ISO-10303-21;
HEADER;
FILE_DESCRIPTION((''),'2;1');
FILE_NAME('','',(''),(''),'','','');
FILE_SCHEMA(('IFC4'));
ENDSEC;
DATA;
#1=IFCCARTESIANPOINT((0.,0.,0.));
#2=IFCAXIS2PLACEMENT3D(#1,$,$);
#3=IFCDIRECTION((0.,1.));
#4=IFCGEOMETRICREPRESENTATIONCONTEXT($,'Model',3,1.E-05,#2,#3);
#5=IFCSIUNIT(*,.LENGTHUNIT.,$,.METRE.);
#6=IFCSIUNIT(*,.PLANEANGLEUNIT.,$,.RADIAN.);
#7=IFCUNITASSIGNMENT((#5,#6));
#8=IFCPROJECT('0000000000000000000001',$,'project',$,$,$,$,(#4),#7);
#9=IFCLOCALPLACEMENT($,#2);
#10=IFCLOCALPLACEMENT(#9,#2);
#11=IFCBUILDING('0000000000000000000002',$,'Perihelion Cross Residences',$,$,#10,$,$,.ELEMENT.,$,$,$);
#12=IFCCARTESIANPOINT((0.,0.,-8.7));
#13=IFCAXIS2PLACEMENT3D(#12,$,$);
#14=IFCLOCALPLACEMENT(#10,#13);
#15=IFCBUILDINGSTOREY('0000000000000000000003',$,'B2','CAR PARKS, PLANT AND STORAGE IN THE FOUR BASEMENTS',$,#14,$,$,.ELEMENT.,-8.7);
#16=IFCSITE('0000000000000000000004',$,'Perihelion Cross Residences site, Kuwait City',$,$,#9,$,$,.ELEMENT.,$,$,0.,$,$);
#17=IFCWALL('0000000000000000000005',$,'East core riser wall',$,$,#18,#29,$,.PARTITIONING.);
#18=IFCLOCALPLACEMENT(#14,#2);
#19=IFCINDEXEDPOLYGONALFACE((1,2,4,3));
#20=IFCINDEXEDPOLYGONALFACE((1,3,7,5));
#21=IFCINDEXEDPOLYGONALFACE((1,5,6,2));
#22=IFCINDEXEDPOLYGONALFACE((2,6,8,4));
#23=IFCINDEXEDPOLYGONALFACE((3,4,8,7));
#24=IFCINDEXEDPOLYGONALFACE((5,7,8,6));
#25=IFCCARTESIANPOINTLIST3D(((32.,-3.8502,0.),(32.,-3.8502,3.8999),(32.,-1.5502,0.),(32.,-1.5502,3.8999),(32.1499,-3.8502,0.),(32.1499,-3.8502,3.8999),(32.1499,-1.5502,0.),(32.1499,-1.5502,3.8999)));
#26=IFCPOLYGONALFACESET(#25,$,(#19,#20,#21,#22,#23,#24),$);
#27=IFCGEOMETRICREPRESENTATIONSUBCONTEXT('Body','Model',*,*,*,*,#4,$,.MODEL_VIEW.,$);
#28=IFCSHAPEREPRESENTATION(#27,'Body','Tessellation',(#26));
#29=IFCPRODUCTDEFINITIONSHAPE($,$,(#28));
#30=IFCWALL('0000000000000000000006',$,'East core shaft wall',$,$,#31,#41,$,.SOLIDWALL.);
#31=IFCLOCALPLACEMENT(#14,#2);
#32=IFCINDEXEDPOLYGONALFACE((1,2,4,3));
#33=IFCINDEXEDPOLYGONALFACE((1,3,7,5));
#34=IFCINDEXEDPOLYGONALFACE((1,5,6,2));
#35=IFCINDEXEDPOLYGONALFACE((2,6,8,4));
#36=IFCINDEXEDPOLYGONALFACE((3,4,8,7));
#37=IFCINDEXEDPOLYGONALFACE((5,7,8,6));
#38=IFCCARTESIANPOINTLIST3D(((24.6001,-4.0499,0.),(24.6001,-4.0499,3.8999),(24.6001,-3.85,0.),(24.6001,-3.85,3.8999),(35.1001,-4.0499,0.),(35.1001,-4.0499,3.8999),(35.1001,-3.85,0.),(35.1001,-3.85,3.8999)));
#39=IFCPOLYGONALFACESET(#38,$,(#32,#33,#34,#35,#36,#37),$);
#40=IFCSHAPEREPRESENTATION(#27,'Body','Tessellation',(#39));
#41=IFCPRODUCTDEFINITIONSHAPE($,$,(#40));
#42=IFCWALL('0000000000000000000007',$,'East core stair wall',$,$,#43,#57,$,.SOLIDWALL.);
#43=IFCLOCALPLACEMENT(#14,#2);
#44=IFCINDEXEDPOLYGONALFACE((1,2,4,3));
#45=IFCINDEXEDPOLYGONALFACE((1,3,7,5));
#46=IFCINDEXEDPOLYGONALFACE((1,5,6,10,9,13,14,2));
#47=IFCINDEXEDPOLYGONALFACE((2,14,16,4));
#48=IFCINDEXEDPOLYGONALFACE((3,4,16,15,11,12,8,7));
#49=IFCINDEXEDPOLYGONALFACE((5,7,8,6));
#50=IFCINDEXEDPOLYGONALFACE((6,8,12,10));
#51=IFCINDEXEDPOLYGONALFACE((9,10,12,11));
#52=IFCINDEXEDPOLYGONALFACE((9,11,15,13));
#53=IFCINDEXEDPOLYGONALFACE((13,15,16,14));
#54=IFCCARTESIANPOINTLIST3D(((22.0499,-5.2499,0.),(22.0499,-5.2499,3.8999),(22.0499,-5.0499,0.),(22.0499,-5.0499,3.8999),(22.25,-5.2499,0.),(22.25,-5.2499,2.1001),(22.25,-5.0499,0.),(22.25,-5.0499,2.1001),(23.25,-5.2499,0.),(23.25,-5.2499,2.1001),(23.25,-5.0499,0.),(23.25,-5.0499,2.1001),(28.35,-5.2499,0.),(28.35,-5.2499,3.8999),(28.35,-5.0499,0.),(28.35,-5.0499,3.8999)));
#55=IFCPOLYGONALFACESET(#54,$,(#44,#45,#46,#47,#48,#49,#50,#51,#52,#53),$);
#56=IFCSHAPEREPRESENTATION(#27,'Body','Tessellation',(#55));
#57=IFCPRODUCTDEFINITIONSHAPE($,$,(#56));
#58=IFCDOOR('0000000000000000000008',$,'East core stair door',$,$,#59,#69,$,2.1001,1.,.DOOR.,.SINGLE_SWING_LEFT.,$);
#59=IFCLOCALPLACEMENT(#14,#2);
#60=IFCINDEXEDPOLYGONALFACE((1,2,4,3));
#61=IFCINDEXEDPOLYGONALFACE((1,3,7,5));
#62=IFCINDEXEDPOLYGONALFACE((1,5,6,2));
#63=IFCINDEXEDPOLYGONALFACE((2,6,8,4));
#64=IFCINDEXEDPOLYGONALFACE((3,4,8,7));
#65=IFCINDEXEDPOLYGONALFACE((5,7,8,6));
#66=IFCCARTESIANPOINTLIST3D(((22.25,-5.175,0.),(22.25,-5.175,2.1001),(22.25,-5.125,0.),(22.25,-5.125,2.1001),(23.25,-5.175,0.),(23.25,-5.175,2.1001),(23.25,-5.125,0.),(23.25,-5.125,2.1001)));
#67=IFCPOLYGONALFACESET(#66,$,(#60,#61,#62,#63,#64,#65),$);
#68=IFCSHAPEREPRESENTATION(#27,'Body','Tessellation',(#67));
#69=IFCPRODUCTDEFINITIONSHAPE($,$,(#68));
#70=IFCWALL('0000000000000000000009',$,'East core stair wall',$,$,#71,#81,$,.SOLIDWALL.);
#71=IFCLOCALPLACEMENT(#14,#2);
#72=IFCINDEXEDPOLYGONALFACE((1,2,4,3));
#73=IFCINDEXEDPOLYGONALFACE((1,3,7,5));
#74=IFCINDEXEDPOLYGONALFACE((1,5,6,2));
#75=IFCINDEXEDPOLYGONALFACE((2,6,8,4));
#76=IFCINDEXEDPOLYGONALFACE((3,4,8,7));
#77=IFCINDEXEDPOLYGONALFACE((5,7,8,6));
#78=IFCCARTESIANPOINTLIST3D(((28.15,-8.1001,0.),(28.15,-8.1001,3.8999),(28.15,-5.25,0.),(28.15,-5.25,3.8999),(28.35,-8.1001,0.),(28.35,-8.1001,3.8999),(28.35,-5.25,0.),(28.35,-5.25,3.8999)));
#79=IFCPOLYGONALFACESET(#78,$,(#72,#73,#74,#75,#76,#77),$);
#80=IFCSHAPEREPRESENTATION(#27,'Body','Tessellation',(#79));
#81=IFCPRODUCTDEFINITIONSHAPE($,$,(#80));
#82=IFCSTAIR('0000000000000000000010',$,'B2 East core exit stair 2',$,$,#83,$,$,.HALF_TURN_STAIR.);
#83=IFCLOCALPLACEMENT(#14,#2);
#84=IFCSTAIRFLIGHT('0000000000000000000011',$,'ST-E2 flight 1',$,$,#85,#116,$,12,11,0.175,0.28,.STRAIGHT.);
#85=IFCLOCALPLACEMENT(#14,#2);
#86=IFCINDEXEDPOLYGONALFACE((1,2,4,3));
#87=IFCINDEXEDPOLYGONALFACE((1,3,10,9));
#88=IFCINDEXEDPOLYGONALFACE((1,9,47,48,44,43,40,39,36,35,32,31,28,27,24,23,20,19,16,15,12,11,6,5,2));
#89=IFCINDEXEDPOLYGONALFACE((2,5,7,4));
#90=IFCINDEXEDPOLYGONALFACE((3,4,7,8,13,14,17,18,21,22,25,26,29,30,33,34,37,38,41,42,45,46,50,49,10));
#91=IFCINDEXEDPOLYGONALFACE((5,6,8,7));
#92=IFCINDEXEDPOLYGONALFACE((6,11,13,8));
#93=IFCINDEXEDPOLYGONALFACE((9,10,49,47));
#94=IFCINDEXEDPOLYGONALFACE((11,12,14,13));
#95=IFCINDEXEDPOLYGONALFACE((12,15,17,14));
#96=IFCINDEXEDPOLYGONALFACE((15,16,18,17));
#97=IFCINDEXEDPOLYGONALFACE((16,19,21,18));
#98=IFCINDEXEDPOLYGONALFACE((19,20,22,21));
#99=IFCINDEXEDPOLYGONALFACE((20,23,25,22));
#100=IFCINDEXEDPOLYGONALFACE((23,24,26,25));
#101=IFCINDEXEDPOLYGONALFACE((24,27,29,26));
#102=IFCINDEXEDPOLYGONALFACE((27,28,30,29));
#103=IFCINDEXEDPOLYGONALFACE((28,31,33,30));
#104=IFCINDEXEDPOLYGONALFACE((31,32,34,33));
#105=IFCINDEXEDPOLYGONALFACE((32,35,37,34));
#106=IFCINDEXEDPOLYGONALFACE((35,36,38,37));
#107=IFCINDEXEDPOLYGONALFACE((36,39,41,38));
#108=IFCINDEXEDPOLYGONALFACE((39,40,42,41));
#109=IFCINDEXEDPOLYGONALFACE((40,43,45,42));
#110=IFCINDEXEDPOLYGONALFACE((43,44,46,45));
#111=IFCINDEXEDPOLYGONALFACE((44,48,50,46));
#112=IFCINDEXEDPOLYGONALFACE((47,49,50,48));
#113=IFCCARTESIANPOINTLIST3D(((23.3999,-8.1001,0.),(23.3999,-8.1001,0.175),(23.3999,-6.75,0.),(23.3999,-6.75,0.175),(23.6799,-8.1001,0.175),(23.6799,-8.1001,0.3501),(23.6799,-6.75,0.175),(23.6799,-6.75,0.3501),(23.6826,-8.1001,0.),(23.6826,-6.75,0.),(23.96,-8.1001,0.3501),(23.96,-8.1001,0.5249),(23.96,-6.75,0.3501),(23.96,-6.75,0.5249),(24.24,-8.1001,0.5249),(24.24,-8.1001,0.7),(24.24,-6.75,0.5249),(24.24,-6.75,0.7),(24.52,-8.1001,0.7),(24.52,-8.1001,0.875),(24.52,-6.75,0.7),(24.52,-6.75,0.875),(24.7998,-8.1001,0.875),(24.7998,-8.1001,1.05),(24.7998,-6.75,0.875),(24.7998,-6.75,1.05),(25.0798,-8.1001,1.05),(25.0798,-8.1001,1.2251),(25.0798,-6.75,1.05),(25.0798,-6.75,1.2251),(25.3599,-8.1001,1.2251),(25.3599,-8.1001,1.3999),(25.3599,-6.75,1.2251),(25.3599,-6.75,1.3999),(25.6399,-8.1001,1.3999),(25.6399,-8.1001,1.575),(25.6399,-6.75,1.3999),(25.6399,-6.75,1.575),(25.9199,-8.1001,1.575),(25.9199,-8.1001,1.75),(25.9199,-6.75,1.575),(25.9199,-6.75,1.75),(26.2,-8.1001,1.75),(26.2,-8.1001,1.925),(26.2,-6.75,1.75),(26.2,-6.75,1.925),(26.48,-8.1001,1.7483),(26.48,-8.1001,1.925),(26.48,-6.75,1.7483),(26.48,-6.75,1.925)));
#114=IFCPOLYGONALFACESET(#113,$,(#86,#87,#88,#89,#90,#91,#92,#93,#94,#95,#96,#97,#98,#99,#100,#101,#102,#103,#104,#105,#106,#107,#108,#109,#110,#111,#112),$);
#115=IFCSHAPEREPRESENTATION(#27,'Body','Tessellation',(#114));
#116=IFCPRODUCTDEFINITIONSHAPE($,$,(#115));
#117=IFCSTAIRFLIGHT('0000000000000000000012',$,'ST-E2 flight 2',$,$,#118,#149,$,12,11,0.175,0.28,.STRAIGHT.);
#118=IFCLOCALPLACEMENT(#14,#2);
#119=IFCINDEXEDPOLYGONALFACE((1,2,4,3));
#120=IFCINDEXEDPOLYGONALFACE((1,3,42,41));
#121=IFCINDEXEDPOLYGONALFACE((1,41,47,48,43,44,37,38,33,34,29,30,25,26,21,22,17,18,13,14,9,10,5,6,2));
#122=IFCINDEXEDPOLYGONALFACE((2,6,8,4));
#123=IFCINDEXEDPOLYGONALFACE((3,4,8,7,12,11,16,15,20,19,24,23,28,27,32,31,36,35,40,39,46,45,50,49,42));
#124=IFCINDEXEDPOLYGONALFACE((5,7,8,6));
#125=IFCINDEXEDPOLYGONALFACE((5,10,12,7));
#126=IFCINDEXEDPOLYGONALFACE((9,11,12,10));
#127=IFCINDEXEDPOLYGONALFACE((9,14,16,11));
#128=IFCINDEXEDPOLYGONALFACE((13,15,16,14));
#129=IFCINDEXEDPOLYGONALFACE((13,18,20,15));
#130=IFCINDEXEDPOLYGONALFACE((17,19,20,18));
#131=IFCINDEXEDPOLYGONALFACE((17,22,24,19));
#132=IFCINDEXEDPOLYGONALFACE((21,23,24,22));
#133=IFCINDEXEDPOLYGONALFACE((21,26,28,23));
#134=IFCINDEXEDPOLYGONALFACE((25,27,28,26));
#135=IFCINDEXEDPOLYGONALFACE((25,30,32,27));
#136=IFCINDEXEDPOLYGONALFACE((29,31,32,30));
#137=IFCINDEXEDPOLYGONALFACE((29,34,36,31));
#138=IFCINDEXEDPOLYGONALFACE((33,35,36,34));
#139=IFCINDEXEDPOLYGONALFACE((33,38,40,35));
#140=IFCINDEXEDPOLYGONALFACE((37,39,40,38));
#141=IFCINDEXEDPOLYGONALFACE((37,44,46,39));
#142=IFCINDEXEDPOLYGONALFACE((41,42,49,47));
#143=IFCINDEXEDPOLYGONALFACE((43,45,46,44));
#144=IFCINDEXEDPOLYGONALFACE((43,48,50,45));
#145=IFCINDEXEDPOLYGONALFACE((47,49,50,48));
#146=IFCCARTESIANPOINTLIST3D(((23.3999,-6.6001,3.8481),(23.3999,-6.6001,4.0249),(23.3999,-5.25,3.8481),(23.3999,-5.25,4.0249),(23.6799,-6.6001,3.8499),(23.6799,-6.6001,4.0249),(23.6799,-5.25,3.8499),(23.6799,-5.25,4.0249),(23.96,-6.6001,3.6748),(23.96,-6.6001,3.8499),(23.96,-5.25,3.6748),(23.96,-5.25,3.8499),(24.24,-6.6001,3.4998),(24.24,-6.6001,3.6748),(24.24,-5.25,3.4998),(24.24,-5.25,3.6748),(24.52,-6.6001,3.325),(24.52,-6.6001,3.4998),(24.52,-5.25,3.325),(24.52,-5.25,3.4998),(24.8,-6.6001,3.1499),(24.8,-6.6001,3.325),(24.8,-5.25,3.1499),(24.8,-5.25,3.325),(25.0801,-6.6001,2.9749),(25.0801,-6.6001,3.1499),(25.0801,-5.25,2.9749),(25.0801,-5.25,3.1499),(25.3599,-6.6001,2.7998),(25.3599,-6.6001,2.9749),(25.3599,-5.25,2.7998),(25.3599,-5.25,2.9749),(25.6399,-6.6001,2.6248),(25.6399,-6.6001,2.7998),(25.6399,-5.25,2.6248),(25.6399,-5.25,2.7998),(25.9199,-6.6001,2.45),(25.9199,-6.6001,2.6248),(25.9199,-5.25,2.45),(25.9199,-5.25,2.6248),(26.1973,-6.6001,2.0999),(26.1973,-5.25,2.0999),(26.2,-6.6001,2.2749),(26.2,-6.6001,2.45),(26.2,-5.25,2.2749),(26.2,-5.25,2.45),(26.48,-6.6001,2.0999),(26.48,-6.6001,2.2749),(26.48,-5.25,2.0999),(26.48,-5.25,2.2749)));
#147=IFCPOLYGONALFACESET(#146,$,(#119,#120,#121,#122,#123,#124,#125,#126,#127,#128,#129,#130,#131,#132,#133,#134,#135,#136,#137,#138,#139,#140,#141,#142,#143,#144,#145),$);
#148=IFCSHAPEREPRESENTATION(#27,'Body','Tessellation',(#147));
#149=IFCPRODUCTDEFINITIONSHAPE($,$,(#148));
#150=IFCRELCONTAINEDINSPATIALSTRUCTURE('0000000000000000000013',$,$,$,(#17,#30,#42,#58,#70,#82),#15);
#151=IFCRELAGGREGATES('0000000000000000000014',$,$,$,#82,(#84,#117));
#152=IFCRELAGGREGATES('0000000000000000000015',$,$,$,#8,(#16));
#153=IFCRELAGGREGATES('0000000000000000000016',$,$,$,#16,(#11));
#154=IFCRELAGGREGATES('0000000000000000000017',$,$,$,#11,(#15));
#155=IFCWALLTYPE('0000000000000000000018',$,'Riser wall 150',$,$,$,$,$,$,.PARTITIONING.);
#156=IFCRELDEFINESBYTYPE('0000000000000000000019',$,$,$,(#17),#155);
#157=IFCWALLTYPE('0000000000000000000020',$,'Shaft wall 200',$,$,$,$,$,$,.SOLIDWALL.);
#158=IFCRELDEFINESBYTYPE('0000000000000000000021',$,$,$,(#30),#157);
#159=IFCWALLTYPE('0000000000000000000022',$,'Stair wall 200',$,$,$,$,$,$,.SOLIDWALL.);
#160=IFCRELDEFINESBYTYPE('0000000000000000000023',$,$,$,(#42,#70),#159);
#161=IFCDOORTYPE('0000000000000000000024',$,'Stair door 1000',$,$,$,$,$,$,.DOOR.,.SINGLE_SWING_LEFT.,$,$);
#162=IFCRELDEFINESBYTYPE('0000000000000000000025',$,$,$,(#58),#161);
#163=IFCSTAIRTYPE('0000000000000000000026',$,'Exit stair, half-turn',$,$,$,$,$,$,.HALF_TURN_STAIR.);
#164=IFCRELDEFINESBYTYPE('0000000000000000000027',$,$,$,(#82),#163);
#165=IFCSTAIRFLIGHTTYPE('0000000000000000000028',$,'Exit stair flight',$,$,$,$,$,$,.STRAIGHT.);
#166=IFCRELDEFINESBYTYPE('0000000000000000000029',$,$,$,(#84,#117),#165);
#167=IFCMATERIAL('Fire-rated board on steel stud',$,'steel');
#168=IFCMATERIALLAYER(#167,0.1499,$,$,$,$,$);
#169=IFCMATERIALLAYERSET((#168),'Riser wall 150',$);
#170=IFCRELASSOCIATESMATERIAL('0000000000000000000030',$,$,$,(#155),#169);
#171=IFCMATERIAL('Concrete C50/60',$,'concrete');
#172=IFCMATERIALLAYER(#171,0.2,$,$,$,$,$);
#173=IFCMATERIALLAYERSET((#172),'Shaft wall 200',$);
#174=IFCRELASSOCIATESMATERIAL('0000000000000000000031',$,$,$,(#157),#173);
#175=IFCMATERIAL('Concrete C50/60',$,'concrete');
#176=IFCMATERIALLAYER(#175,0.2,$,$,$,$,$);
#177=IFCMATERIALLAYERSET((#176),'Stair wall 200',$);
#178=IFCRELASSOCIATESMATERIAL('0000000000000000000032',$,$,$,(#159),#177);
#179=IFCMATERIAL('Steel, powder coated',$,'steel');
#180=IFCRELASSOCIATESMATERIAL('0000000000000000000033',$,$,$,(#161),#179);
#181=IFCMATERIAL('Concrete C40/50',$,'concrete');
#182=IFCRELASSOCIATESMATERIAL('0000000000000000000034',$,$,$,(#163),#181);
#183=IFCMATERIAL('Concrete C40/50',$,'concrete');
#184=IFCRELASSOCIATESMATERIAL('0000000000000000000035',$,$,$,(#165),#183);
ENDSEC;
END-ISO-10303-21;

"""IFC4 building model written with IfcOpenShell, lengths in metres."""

from ifc_helpers import new_model, si_unit, direction, frame, frame_2d, origin, place, context, subcontext, project, spatial, polyline, rectangle, outline, extrude, material, layer, layer_set, type_object, element, fill, aggregate, save


model = new_model("IFC4")

# Units and contexts
model_context = context("Model", 3, precision=1e-05, world=origin(), true_north=direction((0.0, 1.0)))
body_context = subcontext(model_context, "Body", "Model", "MODEL_VIEW")
ifc_project = project(units=[si_unit("LENGTHUNIT", "METRE"), si_unit("PLANEANGLEUNIT", "RADIAN")], contexts=[model_context])

# Site, building, storey
site_placement = place(None, origin())
site = spatial("IfcSite", under=ifc_project, at=site_placement, Name="Perihelion Cross Residences site, Kuwait City", CompositionType="ELEMENT", RefElevation=0.0)
building_placement = place(site_placement, origin())
building = spatial("IfcBuilding", under=site, at=building_placement, Name="Perihelion Cross Residences", CompositionType="ELEMENT")
storey_placement = place(building_placement, frame((0.0, 0.0, -8.7)))
storey = spatial("IfcBuildingStorey", under=building, at=storey_placement, Name="B2", Description="CAR PARKS, PLANT AND STORAGE IN THE FOUR BASEMENTS", CompositionType="ELEMENT", Elevation=-8.7)

# Walls
ifc_material_1 = material(Name="Fire-rated board on steel stud", Category="steel")
ifc_layer_1 = layer(ifc_material_1, 0.1499)
ifc_layer_set_1 = layer_set([ifc_layer_1], Name="Riser wall 150")
wall_type_1 = type_object("IfcWallType", Name="Riser wall 150", PredefinedType="PARTITIONING", material=ifc_layer_set_1)
wall_1_placement = place(storey_placement, frame((32.075, -3.8501, 0.0), z_axis=(0.0, 0.0, 1.0), x_axis=(0.0, 1.0, 0.0)))
element("IfcWall", 1, at=wall_1_placement, inside=storey, type_object=wall_type_1, Name="East core riser wall", PredefinedType="PARTITIONING", context=body_context, shape_type="SweptSolid", body=[
    extrude(rectangle(XDim=2.3, YDim=0.1499, at=frame_2d((1.1499, 0.0))), origin(), (0.0, 0.0, 1.0), 3.8999),
])
ifc_material_2 = material(Name="Concrete C50/60", Category="concrete")
ifc_layer_2 = layer(ifc_material_2, 0.2)
ifc_layer_set_2 = layer_set([ifc_layer_2], Name="Shaft wall 200")
wall_type_2 = type_object("IfcWallType", Name="Shaft wall 200", PredefinedType="SOLIDWALL", material=ifc_layer_set_2)
wall_2_placement = place(storey_placement, frame((24.6001, -3.95, 0.0), z_axis=(0.0, 0.0, 1.0), x_axis=(1.0, 0.0, 0.0)))
element("IfcWall", 2, at=wall_2_placement, inside=storey, type_object=wall_type_2, Name="East core shaft wall", PredefinedType="SOLIDWALL", context=body_context, shape_type="SweptSolid", body=[
    extrude(rectangle(XDim=10.5, YDim=0.2, at=frame_2d((5.25, 0.0))), origin(), (0.0, 0.0, 1.0), 3.8999),
])

# Wall, opening, door
ifc_material_3 = material(Name="Concrete C50/60", Category="concrete")
ifc_layer_3 = layer(ifc_material_3, 0.2)
ifc_layer_set_3 = layer_set([ifc_layer_3], Name="Stair wall 200")
wall_type_3 = type_object("IfcWallType", Name="Stair wall 200", PredefinedType="SOLIDWALL", material=ifc_layer_set_3)
wall_3_placement = place(storey_placement, frame((22.05, -5.1499, 0.0), z_axis=(0.0, 0.0, 1.0), x_axis=(1.0, 0.0, 0.0)))
wall_3 = element("IfcWall", 3, at=wall_3_placement, inside=storey, type_object=wall_type_3, Name="East core stair wall", PredefinedType="SOLIDWALL", context=body_context, shape_type="SweptSolid", body=[
    extrude(rectangle(XDim=6.3, YDim=0.2, at=frame_2d((3.1499, 0.0))), origin(), (0.0, 0.0, 1.0), 3.8999),
])
opening_1_placement = place(wall_3_placement, frame((0.2, 0.0, 0.0)))
opening_1 = element("IfcOpeningElement", 4, at=opening_1_placement, cuts=wall_3, PredefinedType="OPENING", context=body_context, shape_type="SweptSolid", body=[
    extrude(rectangle(XDim=1.0, YDim=2.1001, at=frame_2d((0.5, 1.05))), frame((0.0, 0.1099, 0.0), z_axis=(0.0, -1.0, 0.0), x_axis=(1.0, 0.0, 0.0)), (0.0, 0.0, 1.0), 0.22),
])
ifc_material_4 = material(Name="Steel, powder coated", Category="steel")
door_type_1 = type_object("IfcDoorType", Name="Stair door 1000", OperationType="SINGLE_SWING_LEFT", PredefinedType="DOOR", material=ifc_material_4)
door_1_placement = place(opening_1_placement, origin())
door_1 = element("IfcDoor", 5, at=door_1_placement, inside=storey, type_object=door_type_1, Name="East core stair door", OperationType="SINGLE_SWING_LEFT", OverallHeight=2.1001, OverallWidth=1.0, PredefinedType="DOOR", context=body_context, shape_type="SweptSolid", body=[
    extrude(rectangle(XDim=1.0, YDim=2.1001, at=frame_2d((0.5, 1.05))), frame((0.0, 0.0249, 0.0), z_axis=(0.0, -1.0, 0.0), x_axis=(1.0, 0.0, 0.0)), (0.0, 0.0, 1.0), 0.05),
])
fill(opening_1, door_1)

# Wall
wall_4_placement = place(storey_placement, frame((28.25, -8.1001, 0.0), z_axis=(0.0, 0.0, 1.0), x_axis=(0.0, 1.0, 0.0)))
element("IfcWall", 6, at=wall_4_placement, inside=storey, type_object=wall_type_3, Name="East core stair wall", PredefinedType="SOLIDWALL", context=body_context, shape_type="SweptSolid", body=[
    extrude(rectangle(XDim=2.8501, YDim=0.2, at=frame_2d((1.425, 0.0))), origin(), (0.0, 0.0, 1.0), 3.8999),
])

# Stair, stair flights
ifc_material_5 = material(Name="Concrete C40/50", Category="concrete")
stair_type = type_object("IfcStairType", Name="Exit stair, half-turn", PredefinedType="HALF_TURN_STAIR", material=ifc_material_5)
stair_placement = place(storey_placement, origin())
stair = element("IfcStair", 7, at=stair_placement, inside=storey, type_object=stair_type, Name="B2 East core exit stair 2", PredefinedType="HALF_TURN_STAIR")
ifc_material_6 = material(Name="Concrete C40/50", Category="concrete")
stair_flight_type = type_object("IfcStairFlightType", Name="Exit stair flight", PredefinedType="STRAIGHT", material=ifc_material_6)
stair_flight_1_placement = place(storey_placement, frame((23.3999, -7.425, 0.0), z_axis=(0.0, 0.0, 1.0), x_axis=(1.0, 0.0, 0.0)))
stair_flight_1 = element("IfcStairFlight", 8, at=stair_flight_1_placement, type_object=stair_flight_type, Name="ST-E2 flight 1", NumberOfRisers=12, NumberOfTreads=11, PredefinedType="STRAIGHT", RiserHeight=0.175, TreadLength=0.28, context=body_context, shape_type="SweptSolid", body=[
    extrude(outline(polyline([(0.0, 0.0), (0.0, 0.175), (0.28, 0.175), (0.28, 0.3501), (0.5601, 0.3501), (0.5601, 0.5249), (0.8401, 0.5249), (0.8401, 0.7), (1.1201, 0.7), (1.1201, 0.875), (1.3999, 0.875), (1.3999, 1.05), (1.6799, 1.05), (1.6799, 1.2251), (1.96, 1.2251), (1.96, 1.3999), (2.24, 1.3999), (2.24, 1.575), (2.52, 1.575), (2.52, 1.75), (2.8, 1.75), (2.8, 1.925), (3.0801, 1.925), (3.0801, 2.1001), (3.0801, 1.7483), (0.2827, 0.0), (0.0, 0.0)])), frame((0.0, 0.675, 0.0), z_axis=(0.0, -1.0, 0.0), x_axis=(1.0, 0.0, 0.0)), (0.0, 0.0, 1.0), 1.3501),
])
stair_flight_2_placement = place(storey_placement, frame((26.48, -5.925, 2.0999), z_axis=(0.0, 0.0, 1.0), x_axis=(-1.0, 0.0, 0.0)))
stair_flight_2 = element("IfcStairFlight", 9, at=stair_flight_2_placement, type_object=stair_flight_type, Name="ST-E2 flight 2", NumberOfRisers=12, NumberOfTreads=11, PredefinedType="STRAIGHT", RiserHeight=0.175, TreadLength=0.28, context=body_context, shape_type="SweptSolid", body=[
    extrude(outline(polyline([(0.0, 0.0), (0.0, 0.175), (0.28, 0.175), (0.28, 0.3501), (0.5601, 0.3501), (0.5601, 0.5249), (0.8401, 0.5249), (0.8401, 0.7), (1.1201, 0.7), (1.1201, 0.875), (1.3999, 0.875), (1.3999, 1.05), (1.6799, 1.05), (1.6799, 1.2251), (1.96, 1.2251), (1.96, 1.3999), (2.24, 1.3999), (2.24, 1.575), (2.52, 1.575), (2.52, 1.75), (2.8, 1.75), (2.8, 1.925), (3.0801, 1.925), (3.0801, 2.1001), (3.0801, 1.7483), (0.2827, 0.0), (0.0, 0.0)])), frame((0.0, 0.675, 0.0), z_axis=(0.0, -1.0, 0.0), x_axis=(1.0, 0.0, 0.0)), (0.0, 0.0, 1.0), 1.3501),
])
aggregate(stair, [stair_flight_1, stair_flight_2])

save(model, "model.ifc")
